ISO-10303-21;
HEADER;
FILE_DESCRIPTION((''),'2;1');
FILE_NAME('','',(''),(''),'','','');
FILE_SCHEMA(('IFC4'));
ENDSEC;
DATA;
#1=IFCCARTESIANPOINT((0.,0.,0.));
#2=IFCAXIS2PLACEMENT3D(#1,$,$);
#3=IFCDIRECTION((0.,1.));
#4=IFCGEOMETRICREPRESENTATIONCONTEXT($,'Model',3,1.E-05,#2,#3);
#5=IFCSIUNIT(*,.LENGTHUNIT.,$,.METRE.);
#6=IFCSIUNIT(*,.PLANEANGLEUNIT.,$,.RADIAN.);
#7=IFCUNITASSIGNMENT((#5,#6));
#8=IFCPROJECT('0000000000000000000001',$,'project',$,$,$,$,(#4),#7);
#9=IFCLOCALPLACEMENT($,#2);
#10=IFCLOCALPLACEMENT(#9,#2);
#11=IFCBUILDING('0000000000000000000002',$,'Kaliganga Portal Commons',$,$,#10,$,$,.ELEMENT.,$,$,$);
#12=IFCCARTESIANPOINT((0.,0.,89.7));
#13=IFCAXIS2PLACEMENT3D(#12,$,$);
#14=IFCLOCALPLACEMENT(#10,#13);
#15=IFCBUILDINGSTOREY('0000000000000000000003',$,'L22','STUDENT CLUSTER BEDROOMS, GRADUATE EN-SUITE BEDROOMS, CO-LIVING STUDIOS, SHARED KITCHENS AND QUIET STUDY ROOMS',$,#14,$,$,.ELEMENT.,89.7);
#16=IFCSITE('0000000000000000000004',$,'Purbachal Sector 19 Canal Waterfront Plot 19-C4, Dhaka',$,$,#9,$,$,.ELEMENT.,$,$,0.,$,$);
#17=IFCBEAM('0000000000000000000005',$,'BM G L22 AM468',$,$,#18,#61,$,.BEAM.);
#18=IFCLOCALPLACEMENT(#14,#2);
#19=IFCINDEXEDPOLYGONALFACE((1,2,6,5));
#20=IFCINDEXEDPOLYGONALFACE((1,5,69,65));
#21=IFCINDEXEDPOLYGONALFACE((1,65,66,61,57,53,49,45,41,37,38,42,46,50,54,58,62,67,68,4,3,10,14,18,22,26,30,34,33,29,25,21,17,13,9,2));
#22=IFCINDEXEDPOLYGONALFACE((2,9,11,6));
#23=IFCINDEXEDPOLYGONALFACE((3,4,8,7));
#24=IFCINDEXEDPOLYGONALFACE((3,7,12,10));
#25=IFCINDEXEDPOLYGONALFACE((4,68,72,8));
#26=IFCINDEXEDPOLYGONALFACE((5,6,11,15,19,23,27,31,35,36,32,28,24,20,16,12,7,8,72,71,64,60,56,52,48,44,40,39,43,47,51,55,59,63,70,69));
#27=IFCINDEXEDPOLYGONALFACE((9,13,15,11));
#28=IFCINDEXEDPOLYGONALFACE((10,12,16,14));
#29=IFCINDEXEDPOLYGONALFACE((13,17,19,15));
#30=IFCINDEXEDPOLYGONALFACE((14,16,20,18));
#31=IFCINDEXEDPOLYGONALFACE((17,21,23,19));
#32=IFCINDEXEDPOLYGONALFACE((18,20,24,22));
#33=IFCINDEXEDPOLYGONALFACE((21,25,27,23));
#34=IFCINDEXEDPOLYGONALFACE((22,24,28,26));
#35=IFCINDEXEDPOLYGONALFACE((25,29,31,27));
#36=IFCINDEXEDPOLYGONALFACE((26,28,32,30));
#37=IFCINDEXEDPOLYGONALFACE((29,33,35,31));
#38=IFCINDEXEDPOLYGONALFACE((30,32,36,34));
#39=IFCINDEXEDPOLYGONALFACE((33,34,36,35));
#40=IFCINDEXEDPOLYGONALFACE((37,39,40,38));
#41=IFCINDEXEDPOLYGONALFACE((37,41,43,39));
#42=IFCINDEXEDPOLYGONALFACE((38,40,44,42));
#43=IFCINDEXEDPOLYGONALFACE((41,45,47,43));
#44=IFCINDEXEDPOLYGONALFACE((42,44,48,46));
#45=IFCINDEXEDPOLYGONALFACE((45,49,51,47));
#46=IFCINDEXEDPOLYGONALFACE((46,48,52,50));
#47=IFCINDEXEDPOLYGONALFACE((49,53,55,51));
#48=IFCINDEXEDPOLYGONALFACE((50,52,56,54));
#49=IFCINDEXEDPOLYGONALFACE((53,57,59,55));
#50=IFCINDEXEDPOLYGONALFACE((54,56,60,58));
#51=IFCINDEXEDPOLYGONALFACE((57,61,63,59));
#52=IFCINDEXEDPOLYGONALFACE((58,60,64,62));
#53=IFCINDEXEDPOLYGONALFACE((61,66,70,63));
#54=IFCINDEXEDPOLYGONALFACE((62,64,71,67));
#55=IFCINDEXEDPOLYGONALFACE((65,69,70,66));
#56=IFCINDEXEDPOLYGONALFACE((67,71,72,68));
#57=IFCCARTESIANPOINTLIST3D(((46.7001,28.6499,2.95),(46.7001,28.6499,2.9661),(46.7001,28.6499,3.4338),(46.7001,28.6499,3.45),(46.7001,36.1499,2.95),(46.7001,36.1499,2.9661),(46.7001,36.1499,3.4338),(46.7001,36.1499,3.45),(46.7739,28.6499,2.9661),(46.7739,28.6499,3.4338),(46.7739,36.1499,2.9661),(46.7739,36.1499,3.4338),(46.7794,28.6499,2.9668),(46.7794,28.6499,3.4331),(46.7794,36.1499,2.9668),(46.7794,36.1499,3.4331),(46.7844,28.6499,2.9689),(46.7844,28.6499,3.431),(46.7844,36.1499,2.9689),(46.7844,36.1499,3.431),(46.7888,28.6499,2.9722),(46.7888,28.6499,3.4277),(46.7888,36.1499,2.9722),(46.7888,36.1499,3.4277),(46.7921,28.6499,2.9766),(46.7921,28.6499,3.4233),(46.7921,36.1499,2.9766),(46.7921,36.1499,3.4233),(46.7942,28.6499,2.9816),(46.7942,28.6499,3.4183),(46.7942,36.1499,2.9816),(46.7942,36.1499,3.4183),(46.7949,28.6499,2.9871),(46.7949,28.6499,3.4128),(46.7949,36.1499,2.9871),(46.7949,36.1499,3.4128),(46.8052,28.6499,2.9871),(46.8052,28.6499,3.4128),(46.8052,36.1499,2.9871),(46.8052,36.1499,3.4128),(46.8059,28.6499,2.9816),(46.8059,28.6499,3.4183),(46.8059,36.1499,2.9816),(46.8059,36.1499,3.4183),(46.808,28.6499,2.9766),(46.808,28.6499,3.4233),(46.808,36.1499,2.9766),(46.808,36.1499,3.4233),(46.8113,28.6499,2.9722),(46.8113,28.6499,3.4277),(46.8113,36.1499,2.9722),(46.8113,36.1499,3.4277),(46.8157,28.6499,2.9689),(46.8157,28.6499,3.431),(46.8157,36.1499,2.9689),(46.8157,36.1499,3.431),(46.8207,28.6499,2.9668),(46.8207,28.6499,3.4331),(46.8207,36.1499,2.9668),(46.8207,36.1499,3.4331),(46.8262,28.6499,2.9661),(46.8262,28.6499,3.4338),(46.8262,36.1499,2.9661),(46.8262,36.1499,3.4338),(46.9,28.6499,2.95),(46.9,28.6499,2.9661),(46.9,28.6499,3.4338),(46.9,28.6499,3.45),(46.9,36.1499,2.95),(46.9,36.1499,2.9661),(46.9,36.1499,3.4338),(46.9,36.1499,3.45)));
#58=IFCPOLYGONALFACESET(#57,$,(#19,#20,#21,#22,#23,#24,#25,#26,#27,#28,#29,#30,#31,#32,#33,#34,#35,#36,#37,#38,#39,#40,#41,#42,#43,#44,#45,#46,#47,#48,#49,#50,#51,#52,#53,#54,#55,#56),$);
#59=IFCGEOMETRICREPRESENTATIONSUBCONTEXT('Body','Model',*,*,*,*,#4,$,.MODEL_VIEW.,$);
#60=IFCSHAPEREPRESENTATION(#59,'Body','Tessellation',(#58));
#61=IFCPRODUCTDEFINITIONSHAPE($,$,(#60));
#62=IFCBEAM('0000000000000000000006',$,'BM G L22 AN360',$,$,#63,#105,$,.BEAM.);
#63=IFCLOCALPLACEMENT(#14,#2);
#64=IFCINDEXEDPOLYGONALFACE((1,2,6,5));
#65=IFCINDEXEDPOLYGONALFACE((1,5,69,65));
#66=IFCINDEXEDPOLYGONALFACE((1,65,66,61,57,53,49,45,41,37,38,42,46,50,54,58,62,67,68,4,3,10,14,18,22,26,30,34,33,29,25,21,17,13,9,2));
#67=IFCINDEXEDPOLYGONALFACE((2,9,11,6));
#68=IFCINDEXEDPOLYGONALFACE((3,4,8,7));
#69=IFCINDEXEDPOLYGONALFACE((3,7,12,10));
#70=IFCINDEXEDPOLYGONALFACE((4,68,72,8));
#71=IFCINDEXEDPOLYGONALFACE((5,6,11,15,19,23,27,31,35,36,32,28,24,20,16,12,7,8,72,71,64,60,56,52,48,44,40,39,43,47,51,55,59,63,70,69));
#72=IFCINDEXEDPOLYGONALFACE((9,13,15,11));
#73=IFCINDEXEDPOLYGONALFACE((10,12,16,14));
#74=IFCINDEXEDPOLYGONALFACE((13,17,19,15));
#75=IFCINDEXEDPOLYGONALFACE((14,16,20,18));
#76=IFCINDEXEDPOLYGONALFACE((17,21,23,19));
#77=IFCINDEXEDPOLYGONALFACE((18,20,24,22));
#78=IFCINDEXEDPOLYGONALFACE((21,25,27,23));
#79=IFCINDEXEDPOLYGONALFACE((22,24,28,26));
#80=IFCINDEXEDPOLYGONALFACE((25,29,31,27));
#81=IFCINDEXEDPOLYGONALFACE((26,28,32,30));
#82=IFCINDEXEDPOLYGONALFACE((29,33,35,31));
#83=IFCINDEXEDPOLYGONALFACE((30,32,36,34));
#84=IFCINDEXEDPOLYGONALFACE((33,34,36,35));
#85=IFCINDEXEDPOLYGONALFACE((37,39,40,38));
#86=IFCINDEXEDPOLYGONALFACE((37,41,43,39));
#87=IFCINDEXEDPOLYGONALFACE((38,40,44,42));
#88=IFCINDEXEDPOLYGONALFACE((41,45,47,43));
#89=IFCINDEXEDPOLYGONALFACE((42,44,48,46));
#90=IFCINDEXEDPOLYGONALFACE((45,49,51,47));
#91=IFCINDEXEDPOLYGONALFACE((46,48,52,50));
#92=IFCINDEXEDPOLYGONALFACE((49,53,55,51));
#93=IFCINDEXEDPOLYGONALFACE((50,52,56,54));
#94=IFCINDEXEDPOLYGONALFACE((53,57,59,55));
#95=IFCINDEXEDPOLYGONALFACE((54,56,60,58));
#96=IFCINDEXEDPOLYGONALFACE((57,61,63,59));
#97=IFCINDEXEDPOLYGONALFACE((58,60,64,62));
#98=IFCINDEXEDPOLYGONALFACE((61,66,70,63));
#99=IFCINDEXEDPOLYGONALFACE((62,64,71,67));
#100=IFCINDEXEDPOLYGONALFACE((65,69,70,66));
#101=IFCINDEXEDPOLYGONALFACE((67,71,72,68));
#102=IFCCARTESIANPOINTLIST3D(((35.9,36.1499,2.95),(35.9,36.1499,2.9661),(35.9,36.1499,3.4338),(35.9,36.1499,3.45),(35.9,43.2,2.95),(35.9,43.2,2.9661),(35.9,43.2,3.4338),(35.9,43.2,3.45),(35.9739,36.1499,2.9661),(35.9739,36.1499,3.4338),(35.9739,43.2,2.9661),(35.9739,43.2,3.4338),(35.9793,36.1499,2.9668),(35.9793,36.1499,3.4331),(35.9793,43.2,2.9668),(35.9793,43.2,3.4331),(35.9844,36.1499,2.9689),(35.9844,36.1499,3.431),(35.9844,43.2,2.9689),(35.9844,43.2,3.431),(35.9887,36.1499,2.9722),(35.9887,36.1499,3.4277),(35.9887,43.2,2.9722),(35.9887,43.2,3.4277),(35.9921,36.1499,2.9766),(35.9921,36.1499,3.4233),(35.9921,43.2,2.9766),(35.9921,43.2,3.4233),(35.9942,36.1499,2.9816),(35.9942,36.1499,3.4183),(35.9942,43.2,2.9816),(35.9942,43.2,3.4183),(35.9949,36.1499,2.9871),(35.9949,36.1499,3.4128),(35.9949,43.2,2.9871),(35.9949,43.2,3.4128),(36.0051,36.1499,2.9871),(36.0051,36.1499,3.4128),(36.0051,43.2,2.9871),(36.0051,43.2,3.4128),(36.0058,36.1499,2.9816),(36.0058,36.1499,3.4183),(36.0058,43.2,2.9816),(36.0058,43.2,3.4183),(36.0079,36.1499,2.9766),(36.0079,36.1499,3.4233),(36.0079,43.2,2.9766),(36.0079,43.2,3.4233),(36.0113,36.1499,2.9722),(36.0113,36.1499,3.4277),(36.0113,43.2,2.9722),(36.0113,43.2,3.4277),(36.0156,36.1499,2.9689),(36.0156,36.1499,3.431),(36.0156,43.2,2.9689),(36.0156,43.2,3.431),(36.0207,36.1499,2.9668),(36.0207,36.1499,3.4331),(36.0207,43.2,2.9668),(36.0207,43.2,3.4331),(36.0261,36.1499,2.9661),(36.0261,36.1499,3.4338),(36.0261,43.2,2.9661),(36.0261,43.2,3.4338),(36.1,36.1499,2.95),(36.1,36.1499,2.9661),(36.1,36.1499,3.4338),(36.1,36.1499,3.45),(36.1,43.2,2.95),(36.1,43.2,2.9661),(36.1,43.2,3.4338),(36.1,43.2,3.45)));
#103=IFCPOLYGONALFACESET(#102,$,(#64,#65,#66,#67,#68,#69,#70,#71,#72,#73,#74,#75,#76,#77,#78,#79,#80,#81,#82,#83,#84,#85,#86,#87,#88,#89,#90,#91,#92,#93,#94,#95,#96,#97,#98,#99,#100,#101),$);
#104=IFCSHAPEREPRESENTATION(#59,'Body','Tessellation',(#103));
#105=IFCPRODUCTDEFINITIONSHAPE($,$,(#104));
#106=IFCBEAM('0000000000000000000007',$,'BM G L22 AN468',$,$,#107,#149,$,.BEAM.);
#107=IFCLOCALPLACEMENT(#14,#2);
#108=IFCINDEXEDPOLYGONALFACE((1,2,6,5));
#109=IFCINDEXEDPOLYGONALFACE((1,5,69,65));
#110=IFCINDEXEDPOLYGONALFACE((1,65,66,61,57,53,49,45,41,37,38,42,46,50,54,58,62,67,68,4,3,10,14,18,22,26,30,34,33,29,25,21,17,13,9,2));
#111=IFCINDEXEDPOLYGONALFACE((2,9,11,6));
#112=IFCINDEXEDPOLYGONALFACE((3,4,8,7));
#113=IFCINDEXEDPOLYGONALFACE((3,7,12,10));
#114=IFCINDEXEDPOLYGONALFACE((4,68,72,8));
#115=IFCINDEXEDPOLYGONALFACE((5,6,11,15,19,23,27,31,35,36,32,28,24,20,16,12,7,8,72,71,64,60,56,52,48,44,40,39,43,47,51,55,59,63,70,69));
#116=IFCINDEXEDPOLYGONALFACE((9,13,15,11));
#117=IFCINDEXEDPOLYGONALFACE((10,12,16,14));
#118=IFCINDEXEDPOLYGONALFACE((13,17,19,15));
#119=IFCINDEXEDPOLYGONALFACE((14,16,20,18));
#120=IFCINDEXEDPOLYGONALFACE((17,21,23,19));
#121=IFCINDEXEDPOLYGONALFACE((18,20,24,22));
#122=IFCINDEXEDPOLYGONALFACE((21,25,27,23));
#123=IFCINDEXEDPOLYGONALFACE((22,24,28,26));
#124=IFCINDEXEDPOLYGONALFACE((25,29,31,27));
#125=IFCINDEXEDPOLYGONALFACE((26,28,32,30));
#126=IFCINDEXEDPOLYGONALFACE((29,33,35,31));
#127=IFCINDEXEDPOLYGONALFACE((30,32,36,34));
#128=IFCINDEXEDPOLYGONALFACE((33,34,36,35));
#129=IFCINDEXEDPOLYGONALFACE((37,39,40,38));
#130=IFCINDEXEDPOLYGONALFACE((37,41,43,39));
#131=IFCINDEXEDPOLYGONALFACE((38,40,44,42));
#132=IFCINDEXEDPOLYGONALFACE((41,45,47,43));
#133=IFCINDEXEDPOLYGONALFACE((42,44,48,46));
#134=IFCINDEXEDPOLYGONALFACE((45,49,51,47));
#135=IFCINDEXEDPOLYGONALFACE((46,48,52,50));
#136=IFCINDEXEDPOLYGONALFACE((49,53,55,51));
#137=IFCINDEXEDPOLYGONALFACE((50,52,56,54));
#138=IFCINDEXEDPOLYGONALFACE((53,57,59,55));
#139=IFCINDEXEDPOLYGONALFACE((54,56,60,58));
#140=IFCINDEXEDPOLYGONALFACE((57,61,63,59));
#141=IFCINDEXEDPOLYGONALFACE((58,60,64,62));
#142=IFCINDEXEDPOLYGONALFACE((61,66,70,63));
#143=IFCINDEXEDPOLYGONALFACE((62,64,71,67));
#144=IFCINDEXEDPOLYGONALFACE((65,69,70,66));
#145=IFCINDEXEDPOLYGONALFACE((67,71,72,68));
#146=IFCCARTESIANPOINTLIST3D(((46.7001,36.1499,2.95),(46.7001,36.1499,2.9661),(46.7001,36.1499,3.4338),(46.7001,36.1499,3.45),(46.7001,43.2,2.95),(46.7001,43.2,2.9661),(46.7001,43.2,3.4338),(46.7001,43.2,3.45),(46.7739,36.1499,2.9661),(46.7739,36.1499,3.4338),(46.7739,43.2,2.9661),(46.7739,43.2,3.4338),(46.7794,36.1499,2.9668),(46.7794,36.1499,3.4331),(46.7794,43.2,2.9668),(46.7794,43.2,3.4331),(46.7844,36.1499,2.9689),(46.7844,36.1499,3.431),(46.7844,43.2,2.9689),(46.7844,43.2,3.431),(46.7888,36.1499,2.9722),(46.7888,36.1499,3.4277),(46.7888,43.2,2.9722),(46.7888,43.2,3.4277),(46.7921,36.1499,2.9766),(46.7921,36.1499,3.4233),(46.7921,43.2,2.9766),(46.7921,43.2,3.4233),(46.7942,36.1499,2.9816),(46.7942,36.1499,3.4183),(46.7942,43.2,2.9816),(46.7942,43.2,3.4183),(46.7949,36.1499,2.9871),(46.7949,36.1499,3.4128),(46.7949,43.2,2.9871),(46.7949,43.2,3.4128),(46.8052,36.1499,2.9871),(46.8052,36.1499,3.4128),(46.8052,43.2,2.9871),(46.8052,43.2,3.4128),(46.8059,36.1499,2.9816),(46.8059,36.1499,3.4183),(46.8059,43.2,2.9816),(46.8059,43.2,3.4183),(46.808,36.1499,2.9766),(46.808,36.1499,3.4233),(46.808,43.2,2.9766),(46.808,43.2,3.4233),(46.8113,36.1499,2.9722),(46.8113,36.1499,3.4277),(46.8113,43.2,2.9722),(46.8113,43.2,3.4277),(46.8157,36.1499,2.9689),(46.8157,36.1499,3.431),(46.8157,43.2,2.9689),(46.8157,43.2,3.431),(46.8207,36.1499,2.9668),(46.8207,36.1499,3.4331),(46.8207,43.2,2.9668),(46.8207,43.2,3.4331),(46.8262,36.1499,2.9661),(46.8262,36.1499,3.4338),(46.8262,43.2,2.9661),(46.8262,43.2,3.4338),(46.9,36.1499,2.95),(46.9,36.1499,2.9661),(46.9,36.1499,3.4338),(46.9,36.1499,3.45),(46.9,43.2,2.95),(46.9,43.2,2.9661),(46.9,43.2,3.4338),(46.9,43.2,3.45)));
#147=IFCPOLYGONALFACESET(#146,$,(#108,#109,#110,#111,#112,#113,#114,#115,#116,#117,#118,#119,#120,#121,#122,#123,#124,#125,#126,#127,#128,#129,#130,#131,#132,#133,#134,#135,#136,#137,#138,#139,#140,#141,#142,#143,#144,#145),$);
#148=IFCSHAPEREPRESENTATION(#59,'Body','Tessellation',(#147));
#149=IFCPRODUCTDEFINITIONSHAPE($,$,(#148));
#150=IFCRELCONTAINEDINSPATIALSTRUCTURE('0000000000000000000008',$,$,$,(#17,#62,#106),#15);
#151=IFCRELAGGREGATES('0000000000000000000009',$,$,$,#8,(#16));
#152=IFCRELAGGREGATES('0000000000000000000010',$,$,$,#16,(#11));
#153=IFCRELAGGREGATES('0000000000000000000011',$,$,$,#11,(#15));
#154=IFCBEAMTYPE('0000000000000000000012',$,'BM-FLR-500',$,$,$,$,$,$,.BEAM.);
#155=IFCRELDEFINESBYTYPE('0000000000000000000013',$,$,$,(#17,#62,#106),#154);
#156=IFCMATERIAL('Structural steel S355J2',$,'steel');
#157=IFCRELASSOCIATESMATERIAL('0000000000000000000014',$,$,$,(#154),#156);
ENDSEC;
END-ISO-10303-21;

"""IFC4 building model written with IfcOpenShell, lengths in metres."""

from ifc_helpers import new_model, si_unit, direction, frame, origin, origin_2d, place, context, subcontext, project, spatial, i_section, extrude, source, transform, mapped, material, material_profile, profile_set, type_object, element, save


model = new_model("IFC4")

# Units and contexts
model_context = context("Model", 3, precision=1e-05, world=origin(), true_north=direction((0.0, 1.0)))
body_context = subcontext(model_context, "Body", "Model", "MODEL_VIEW")
ifc_project = project(units=[si_unit("LENGTHUNIT", "METRE"), si_unit("PLANEANGLEUNIT", "RADIAN")], contexts=[model_context])

# Site, building, storey
site_placement = place(None, origin())
site = spatial("IfcSite", under=ifc_project, at=site_placement, Name="Purbachal Sector 19 Canal Waterfront Plot 19-C4, Dhaka", CompositionType="ELEMENT", RefElevation=0.0)
building_placement = place(site_placement, origin())
building = spatial("IfcBuilding", under=site, at=building_placement, Name="Kaliganga Portal Commons", CompositionType="ELEMENT")
storey_placement = place(building_placement, frame((0.0, 0.0, 89.7)))
storey = spatial("IfcBuildingStorey", under=building, at=storey_placement, Name="L22", Description="STUDENT CLUSTER BEDROOMS, GRADUATE EN-SUITE BEDROOMS, CO-LIVING STUDIOS, SHARED KITCHENS AND QUIET STUDY ROOMS", CompositionType="ELEMENT", Elevation=89.7)

# Beams
ifc_material_1 = material(Name="Structural steel S355J2", Category="steel")
ifc_material_profile_1 = material_profile(ifc_material_1, i_section(OverallWidth=0.2, OverallDepth=0.5, WebThickness=0.0103, FlangeThickness=0.0161, FilletRadius=0.021, at=origin_2d()), Name="IPE 500")
ifc_profile_set_1 = profile_set([ifc_material_profile_1], Name="Structural steel S355J2 wide-flange")
beam_type_1 = type_object("IfcBeamType", Name="BM-FLR-500", PredefinedType="BEAM", material=ifc_profile_set_1)
shared_shape_1 = source(origin(), body_context, "Body", "SweptSolid", [
    extrude(i_section(OverallWidth=0.2, OverallDepth=0.5, WebThickness=0.0103, FlangeThickness=0.0161, FilletRadius=0.021, at=origin_2d()), origin(), (0.0, 0.0, 1.0), 7.5),
])
for number, where, z_axis, x_axis, name in (
    (1, (46.8, 28.6499, 3.2), (0.0, 1.0, 0.0), (-1.0, 0.0, 0.0), "BM G L22 AM468"),
):
    element("IfcBeam", number, at=place(storey_placement, frame(where, z_axis=z_axis, x_axis=x_axis)), inside=storey, type_object=beam_type_1, Name=name, PredefinedType="BEAM", context=body_context, shape_type="MappedRepresentation", body=[
        mapped(shared_shape_1, transform((0.0, 0.0, 0.0), x_axis=(1.0, 0.0, 0.0), y_axis=(0.0, 1.0, 0.0), z_axis=(0.0, 0.0, 1.0), scale=1.0)),
    ])
shared_shape_2 = source(origin(), body_context, "Body", "SweptSolid", [
    extrude(i_section(OverallWidth=0.2, OverallDepth=0.5, WebThickness=0.0103, FlangeThickness=0.0161, FilletRadius=0.021, at=origin_2d()), origin(), (0.0, 0.0, 1.0), 7.05),
])
for number, where, z_axis, x_axis, name in (
    (2, (36.0, 36.1499, 3.2), (0.0, 1.0, 0.0), (-1.0, 0.0, 0.0), "BM G L22 AN360"),
    (3, (46.8, 36.1499, 3.2), (0.0, 1.0, 0.0), (-1.0, 0.0, 0.0), "BM G L22 AN468"),
):
    element("IfcBeam", number, at=place(storey_placement, frame(where, z_axis=z_axis, x_axis=x_axis)), inside=storey, type_object=beam_type_1, Name=name, PredefinedType="BEAM", context=body_context, shape_type="MappedRepresentation", body=[
        mapped(shared_shape_2, transform((0.0, 0.0, 0.0), x_axis=(1.0, 0.0, 0.0), y_axis=(0.0, 1.0, 0.0), z_axis=(0.0, 0.0, 1.0), scale=1.0)),
    ])

save(model, "model.ifc")
